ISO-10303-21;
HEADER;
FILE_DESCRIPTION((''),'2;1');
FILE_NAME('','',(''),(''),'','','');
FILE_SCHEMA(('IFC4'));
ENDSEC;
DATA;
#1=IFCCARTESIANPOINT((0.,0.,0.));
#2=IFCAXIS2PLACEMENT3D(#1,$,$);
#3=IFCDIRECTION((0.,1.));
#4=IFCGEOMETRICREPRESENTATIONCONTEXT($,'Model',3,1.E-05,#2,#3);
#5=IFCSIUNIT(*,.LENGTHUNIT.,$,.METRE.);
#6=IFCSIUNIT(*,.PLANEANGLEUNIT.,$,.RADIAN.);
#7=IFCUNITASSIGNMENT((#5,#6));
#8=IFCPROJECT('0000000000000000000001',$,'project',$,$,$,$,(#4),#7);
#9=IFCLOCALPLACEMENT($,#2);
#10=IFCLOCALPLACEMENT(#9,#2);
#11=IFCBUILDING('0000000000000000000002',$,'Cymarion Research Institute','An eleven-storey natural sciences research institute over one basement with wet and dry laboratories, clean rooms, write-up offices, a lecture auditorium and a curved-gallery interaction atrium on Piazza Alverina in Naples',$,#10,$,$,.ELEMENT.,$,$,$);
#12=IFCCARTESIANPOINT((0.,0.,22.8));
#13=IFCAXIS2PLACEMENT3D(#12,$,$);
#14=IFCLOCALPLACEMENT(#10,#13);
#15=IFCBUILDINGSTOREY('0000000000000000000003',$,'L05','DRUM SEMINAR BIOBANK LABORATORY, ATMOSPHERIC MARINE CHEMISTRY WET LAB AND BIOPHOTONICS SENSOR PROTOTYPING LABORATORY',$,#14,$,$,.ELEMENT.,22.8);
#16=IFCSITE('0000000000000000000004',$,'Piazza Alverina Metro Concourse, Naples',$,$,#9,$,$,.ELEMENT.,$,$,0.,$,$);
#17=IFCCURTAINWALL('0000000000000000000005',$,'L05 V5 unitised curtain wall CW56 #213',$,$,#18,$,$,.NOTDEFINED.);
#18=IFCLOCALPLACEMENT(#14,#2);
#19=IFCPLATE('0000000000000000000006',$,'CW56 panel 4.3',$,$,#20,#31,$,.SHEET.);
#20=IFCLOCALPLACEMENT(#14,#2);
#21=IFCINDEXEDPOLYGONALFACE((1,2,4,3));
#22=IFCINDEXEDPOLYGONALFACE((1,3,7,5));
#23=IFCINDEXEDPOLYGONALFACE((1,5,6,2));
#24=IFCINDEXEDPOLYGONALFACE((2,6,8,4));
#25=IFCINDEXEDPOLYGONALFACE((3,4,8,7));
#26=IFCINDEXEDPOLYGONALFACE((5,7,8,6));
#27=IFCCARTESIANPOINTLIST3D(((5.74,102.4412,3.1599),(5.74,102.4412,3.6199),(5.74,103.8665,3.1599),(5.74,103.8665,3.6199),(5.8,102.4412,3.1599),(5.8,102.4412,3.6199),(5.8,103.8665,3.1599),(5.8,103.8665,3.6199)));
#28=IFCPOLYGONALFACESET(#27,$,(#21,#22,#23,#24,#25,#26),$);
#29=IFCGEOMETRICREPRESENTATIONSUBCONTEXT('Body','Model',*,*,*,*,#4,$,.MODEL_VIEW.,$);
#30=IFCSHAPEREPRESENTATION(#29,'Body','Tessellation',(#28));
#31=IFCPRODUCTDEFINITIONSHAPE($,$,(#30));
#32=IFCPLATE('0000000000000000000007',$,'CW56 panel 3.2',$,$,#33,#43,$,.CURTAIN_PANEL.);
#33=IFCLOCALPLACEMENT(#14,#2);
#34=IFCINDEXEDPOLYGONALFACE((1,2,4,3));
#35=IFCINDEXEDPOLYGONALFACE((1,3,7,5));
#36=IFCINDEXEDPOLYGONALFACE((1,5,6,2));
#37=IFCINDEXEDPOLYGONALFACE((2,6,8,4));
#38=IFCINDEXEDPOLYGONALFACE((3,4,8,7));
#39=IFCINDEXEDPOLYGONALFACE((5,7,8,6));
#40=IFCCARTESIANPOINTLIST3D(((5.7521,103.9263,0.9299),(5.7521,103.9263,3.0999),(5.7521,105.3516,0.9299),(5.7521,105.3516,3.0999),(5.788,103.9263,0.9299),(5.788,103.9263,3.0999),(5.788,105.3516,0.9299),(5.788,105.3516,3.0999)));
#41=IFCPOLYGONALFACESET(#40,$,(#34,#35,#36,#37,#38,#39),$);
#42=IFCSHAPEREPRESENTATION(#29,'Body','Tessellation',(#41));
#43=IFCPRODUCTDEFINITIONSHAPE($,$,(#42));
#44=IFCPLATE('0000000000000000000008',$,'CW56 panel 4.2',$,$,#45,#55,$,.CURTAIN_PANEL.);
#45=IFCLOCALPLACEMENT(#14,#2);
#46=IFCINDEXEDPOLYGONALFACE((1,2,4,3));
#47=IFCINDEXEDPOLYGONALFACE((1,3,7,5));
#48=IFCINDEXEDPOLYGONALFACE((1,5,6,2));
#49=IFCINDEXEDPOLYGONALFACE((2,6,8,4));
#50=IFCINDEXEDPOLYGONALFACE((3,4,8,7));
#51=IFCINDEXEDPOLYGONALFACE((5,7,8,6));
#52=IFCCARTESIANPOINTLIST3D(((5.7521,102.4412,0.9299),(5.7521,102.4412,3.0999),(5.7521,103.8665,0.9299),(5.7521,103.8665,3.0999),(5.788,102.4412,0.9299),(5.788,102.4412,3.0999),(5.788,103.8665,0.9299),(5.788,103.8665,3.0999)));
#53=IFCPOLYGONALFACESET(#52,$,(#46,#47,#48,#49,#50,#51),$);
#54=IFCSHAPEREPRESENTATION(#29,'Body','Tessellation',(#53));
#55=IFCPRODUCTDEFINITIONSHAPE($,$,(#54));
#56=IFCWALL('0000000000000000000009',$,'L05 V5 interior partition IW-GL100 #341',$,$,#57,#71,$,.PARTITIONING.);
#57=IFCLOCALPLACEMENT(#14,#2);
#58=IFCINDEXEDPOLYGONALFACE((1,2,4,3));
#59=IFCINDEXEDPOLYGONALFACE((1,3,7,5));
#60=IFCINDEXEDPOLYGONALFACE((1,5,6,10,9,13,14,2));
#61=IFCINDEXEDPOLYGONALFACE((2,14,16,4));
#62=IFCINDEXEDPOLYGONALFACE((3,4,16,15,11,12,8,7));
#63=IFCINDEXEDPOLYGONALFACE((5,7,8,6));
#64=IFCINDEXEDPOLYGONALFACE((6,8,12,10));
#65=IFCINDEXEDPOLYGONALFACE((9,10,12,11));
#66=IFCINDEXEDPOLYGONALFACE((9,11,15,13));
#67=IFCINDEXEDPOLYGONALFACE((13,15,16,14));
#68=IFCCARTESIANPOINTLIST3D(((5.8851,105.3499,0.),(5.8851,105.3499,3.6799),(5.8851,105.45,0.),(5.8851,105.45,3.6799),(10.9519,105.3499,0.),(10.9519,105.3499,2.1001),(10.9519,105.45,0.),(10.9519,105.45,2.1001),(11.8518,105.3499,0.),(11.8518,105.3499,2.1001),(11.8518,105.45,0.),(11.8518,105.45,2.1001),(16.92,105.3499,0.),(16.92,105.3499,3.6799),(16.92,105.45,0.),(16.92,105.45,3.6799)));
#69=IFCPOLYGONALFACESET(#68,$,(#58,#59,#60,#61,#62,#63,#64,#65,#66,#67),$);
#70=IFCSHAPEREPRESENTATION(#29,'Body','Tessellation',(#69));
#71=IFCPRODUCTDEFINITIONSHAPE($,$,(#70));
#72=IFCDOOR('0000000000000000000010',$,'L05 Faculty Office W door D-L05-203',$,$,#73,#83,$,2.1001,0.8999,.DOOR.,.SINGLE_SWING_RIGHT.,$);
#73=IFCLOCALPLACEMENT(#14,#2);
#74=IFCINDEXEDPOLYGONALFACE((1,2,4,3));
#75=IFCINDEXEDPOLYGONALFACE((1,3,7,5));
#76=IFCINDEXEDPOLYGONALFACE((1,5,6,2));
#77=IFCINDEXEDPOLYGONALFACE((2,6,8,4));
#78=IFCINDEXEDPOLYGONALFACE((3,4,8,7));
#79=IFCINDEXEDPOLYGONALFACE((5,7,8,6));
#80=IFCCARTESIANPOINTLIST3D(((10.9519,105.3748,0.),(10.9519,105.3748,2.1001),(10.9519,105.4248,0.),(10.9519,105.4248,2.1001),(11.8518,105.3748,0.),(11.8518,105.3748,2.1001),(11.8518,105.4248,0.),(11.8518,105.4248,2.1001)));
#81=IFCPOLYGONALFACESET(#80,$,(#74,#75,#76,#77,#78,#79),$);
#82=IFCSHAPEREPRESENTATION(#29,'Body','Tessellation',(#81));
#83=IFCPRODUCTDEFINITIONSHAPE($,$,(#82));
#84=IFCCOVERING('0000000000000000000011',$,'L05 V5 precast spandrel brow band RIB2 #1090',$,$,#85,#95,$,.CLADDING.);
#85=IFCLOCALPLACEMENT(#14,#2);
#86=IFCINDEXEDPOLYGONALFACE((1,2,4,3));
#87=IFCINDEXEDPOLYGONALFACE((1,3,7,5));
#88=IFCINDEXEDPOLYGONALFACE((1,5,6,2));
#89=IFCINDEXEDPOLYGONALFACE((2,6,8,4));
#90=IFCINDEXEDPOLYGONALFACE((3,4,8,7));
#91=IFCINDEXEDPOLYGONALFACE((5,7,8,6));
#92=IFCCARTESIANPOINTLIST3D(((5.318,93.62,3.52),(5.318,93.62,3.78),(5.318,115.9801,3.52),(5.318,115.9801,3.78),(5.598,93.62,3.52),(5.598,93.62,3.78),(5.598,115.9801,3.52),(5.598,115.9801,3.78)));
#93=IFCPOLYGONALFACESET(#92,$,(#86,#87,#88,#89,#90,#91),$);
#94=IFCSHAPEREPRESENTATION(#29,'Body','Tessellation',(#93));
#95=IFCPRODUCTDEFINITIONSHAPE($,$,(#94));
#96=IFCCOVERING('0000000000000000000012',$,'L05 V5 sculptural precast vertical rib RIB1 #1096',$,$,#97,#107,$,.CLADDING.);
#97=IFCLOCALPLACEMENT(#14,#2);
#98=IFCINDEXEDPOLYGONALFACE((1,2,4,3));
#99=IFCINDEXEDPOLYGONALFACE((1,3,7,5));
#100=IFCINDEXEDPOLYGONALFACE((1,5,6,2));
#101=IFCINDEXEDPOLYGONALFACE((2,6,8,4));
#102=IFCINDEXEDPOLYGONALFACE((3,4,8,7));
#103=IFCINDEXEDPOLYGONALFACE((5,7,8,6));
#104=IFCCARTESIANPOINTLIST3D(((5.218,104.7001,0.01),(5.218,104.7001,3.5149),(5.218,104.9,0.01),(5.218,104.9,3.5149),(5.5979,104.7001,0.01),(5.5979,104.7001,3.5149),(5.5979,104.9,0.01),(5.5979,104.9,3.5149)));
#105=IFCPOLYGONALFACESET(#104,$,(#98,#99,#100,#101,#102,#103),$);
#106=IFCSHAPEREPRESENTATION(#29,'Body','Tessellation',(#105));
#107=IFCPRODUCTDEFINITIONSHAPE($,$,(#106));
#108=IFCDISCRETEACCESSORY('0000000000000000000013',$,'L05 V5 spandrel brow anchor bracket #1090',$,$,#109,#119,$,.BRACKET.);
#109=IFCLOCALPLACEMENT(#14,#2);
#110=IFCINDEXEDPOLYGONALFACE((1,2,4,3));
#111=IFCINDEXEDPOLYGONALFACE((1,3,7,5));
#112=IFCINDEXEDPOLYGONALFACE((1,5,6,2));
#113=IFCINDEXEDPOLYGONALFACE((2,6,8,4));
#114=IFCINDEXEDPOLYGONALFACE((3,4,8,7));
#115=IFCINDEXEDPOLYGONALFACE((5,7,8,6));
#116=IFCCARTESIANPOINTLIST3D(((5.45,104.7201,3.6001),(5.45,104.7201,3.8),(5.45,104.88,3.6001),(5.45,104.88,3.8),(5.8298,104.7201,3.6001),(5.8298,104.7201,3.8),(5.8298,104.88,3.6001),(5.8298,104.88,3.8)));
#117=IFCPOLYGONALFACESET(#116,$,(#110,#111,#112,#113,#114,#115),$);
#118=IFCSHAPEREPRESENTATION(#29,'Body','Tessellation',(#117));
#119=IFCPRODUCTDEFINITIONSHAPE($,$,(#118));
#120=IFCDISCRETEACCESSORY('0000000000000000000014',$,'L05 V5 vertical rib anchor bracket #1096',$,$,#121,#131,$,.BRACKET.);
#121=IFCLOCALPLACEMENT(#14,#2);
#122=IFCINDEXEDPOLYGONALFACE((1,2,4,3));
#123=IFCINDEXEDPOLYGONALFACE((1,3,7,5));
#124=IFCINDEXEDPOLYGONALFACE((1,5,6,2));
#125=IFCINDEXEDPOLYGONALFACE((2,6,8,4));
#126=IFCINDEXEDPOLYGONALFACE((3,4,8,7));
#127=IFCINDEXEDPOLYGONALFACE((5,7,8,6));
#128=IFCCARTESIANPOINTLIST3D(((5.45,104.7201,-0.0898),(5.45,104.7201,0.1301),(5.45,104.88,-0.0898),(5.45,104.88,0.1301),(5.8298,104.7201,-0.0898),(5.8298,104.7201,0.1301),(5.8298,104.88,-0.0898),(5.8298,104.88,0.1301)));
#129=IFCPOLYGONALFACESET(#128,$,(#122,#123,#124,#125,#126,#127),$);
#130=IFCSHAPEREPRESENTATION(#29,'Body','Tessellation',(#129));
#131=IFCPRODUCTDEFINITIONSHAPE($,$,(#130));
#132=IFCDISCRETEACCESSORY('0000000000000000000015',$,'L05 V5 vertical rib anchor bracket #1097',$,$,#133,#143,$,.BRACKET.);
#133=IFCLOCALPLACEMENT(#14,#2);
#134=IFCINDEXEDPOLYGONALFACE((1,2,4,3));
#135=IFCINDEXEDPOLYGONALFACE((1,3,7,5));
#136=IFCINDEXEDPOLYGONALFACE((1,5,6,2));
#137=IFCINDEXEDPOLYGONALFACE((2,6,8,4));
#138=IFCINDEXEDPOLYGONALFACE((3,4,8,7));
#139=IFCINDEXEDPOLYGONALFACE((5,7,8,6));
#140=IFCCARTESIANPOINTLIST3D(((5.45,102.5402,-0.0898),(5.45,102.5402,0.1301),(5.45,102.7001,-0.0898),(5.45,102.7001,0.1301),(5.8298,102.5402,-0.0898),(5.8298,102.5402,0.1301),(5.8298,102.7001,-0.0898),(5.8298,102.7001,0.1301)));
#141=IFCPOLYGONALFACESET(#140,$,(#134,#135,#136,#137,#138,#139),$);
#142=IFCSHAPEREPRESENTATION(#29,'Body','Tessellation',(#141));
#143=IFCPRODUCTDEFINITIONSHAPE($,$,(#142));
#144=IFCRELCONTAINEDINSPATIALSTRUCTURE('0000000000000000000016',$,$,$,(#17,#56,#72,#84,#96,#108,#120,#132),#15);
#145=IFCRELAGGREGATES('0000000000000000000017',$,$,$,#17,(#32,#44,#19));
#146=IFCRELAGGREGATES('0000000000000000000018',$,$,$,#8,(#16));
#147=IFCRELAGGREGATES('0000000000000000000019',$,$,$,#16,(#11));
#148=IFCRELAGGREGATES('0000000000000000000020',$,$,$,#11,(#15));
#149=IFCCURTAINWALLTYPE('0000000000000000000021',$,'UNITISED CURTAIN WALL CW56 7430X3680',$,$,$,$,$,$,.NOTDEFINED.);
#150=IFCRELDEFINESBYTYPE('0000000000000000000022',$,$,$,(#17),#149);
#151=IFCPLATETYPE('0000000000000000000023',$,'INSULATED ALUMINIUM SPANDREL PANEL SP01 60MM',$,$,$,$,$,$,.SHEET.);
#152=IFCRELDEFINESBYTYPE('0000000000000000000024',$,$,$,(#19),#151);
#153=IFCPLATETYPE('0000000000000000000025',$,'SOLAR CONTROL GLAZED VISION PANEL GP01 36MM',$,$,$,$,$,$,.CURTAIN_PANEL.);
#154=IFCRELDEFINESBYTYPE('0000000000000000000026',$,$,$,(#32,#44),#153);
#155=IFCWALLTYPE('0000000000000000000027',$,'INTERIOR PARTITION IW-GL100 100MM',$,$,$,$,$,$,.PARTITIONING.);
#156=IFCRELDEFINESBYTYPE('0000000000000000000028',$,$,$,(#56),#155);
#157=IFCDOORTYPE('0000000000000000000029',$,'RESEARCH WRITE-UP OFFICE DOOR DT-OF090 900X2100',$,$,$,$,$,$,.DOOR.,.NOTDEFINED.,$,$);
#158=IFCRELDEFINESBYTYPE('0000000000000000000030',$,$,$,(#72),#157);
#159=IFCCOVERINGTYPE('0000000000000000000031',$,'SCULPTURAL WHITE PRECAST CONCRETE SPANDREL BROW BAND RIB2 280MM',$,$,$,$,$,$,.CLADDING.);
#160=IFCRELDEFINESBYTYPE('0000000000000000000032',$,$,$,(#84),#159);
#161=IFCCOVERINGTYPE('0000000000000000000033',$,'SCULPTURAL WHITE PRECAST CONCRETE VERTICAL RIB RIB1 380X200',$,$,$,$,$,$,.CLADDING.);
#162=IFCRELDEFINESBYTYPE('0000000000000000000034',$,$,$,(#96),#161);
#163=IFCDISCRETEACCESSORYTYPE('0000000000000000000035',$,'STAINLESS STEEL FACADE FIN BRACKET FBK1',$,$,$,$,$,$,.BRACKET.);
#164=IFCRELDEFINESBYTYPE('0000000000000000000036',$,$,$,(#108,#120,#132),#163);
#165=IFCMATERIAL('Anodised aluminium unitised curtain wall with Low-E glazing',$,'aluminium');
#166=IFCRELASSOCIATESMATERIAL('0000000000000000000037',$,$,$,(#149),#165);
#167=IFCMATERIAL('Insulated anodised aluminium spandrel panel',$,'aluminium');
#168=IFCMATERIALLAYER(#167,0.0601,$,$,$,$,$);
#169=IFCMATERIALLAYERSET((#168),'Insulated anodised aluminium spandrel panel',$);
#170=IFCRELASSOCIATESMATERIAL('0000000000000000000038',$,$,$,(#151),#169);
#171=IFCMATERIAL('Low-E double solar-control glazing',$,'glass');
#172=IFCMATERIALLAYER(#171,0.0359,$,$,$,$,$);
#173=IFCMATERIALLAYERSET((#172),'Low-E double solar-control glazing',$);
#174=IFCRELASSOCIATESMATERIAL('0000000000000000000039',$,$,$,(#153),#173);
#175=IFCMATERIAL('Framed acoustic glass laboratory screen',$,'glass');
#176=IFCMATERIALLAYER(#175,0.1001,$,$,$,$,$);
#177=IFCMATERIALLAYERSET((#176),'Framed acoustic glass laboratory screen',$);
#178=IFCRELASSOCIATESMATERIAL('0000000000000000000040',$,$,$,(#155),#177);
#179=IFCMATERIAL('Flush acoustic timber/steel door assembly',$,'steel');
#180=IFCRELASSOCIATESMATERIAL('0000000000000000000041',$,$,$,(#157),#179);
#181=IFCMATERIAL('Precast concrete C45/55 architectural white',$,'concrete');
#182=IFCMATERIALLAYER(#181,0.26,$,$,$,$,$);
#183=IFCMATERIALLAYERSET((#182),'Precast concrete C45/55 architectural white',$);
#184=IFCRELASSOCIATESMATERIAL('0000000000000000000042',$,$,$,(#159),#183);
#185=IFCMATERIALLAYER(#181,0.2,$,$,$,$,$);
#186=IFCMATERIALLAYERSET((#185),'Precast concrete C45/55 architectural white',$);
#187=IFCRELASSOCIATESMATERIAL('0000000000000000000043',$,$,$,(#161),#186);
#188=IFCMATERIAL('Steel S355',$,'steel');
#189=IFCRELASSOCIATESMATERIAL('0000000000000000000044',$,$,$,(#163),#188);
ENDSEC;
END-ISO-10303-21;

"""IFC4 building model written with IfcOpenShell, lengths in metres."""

from ifc_helpers import new_model, si_unit, direction, frame, frame_2d, origin, origin_2d, place, context, subcontext, project, spatial, rectangle, extrude, material, layer, layer_set, type_object, element, fill, aggregate, save


model = new_model("IFC4")

# Units and contexts
model_context = context("Model", 3, precision=1e-05, world=origin(), true_north=direction((0.0, 1.0)))
body_context = subcontext(model_context, "Body", "Model", "MODEL_VIEW")
ifc_project = project(units=[si_unit("LENGTHUNIT", "METRE"), si_unit("PLANEANGLEUNIT", "RADIAN")], contexts=[model_context])

# Site, building, storey
site_placement = place(None, origin())
site = spatial("IfcSite", under=ifc_project, at=site_placement, Name="Piazza Alverina Metro Concourse, Naples", CompositionType="ELEMENT", RefElevation=0.0)
building_placement = place(site_placement, origin())
building = spatial("IfcBuilding", under=site, at=building_placement, Name="Cymarion Research Institute", Description="An eleven-storey natural sciences research institute over one basement with wet and dry laboratories, clean rooms, write-up offices, a lecture auditorium and a curved-gallery interaction atrium on Piazza Alverina in Naples", CompositionType="ELEMENT")
storey_placement = place(building_placement, frame((0.0, 0.0, 22.8)))
storey = spatial("IfcBuildingStorey", under=building, at=storey_placement, Name="L05", Description="DRUM SEMINAR BIOBANK LABORATORY, ATMOSPHERIC MARINE CHEMISTRY WET LAB AND BIOPHOTONICS SENSOR PROTOTYPING LABORATORY", CompositionType="ELEMENT", Elevation=22.8)

# Curtain wall, plates
ifc_material_1 = material(Name="Anodised aluminium unitised curtain wall with Low-E glazing", Category="aluminium")
curtain_wall_type = type_object("IfcCurtainWallType", Name="UNITISED CURTAIN WALL CW56 7430X3680", PredefinedType="NOTDEFINED", material=ifc_material_1)
curtain_wall_placement = place(storey_placement, origin())
curtain_wall = element("IfcCurtainWall", 1, at=curtain_wall_placement, inside=storey, type_object=curtain_wall_type, Name="L05 V5 unitised curtain wall CW56 #213", PredefinedType="NOTDEFINED")
ifc_material_2 = material(Name="Insulated anodised aluminium spandrel panel", Category="aluminium")
ifc_layer_1 = layer(ifc_material_2, 0.0601)
ifc_layer_set_1 = layer_set([ifc_layer_1], Name="Insulated anodised aluminium spandrel panel")
plate_type_1 = type_object("IfcPlateType", Name="INSULATED ALUMINIUM SPANDREL PANEL SP01 60MM", PredefinedType="SHEET", material=ifc_layer_set_1)
plate_1_placement = place(storey_placement, frame((5.77, 103.1538, 3.1599), z_axis=(0.0, 0.0, 1.0), x_axis=(0.0, -1.0, 0.0)))
plate_1 = element("IfcPlate", 2, at=plate_1_placement, type_object=plate_type_1, Name="CW56 panel 4.3", PredefinedType="SHEET", context=body_context, shape_type="SweptSolid", body=[
    extrude(rectangle(XDim=1.4253, YDim=0.0601, at=origin_2d()), origin(), (0.0, 0.0, 1.0), 0.46),
])
ifc_material_3 = material(Name="Low-E double solar-control glazing", Category="glass")
ifc_layer_2 = layer(ifc_material_3, 0.0359)
ifc_layer_set_2 = layer_set([ifc_layer_2], Name="Low-E double solar-control glazing")
plate_type_2 = type_object("IfcPlateType", Name="SOLAR CONTROL GLAZED VISION PANEL GP01 36MM", PredefinedType="CURTAIN_PANEL", material=ifc_layer_set_2)
plate_2_placement = place(storey_placement, frame((5.77, 104.6389, 0.9299), z_axis=(0.0, 0.0, 1.0), x_axis=(0.0, -1.0, 0.0)))
plate_2 = element("IfcPlate", 3, at=plate_2_placement, type_object=plate_type_2, Name="CW56 panel 3.2", PredefinedType="CURTAIN_PANEL", context=body_context, shape_type="SweptSolid", body=[
    extrude(rectangle(XDim=1.4253, YDim=0.0359, at=origin_2d()), origin(), (0.0, 0.0, 1.0), 2.1699),
])
plate_3_placement = place(storey_placement, frame((5.77, 103.1538, 0.9299), z_axis=(0.0, 0.0, 1.0), x_axis=(0.0, -1.0, 0.0)))
plate_3 = element("IfcPlate", 4, at=plate_3_placement, type_object=plate_type_2, Name="CW56 panel 4.2", PredefinedType="CURTAIN_PANEL", context=body_context, shape_type="SweptSolid", body=[
    extrude(rectangle(XDim=1.4253, YDim=0.0359, at=origin_2d()), origin(), (0.0, 0.0, 1.0), 2.1699),
])
aggregate(curtain_wall, [plate_2, plate_3, plate_1])

# Wall, opening, door
ifc_material_4 = material(Name="Framed acoustic glass laboratory screen", Category="glass")
ifc_layer_3 = layer(ifc_material_4, 0.1001)
ifc_layer_set_3 = layer_set([ifc_layer_3], Name="Framed acoustic glass laboratory screen")
wall_type = type_object("IfcWallType", Name="INTERIOR PARTITION IW-GL100 100MM", PredefinedType="PARTITIONING", material=ifc_layer_set_3)
wall_placement = place(storey_placement, frame((5.885, 105.3999, 0.0), z_axis=(0.0, 0.0, 1.0), x_axis=(1.0, 0.0, 0.0)))
wall = element("IfcWall", 5, at=wall_placement, inside=storey, type_object=wall_type, Name="L05 V5 interior partition IW-GL100 #341", PredefinedType="PARTITIONING", context=body_context, shape_type="SweptSolid", body=[
    extrude(rectangle(XDim=11.0349, YDim=0.1001, at=frame_2d((5.5176, 0.0))), origin(), (0.0, 0.0, 1.0), 3.6799),
])
opening_placement = place(wall_placement, frame((5.0669, 0.0, 0.0)))
opening = element("IfcOpeningElement", 6, at=opening_placement, cuts=wall, PredefinedType="OPENING", context=body_context, shape_type="SweptSolid", body=[
    extrude(rectangle(XDim=0.8999, YDim=2.1001, at=frame_2d((0.45, 1.05))), frame((0.0, 0.0601, 0.0), z_axis=(0.0, -1.0, 0.0), x_axis=(1.0, 0.0, 0.0)), (0.0, 0.0, 1.0), 0.1201),
])
ifc_material_5 = material(Name="Flush acoustic timber/steel door assembly", Category="steel")
door_type = type_object("IfcDoorType", Name="RESEARCH WRITE-UP OFFICE DOOR DT-OF090 900X2100", OperationType="NOTDEFINED", PredefinedType="DOOR", material=ifc_material_5)
door_placement = place(opening_placement, origin())
door = element("IfcDoor", 7, at=door_placement, inside=storey, type_object=door_type, Name="L05 Faculty Office W door D-L05-203", OperationType="SINGLE_SWING_RIGHT", OverallHeight=2.1001, OverallWidth=0.8999, PredefinedType="DOOR", context=body_context, shape_type="SweptSolid", body=[
    extrude(rectangle(XDim=0.8999, YDim=2.1001, at=frame_2d((0.45, 1.05))), frame((0.0, 0.0249, 0.0), z_axis=(0.0, -1.0, 0.0), x_axis=(1.0, 0.0, 0.0)), (0.0, 0.0, 1.0), 0.05),
])
fill(opening, door)

# Coverings
ifc_material_6 = material(Name="Precast concrete C45/55 architectural white", Category="concrete")
ifc_layer_4 = layer(ifc_material_6, 0.26)
ifc_layer_set_4 = layer_set([ifc_layer_4], Name="Precast concrete C45/55 architectural white")
covering_type_1 = type_object("IfcCoveringType", Name="SCULPTURAL WHITE PRECAST CONCRETE SPANDREL BROW BAND RIB2 280MM", PredefinedType="CLADDING", material=ifc_layer_set_4)
covering_1_placement = place(storey_placement, frame((5.458, 104.8, 3.52), z_axis=(0.0, 0.0, 1.0), x_axis=(-1.0, 0.0, 0.0)))
element("IfcCovering", 8, at=covering_1_placement, inside=storey, type_object=covering_type_1, Name="L05 V5 precast spandrel brow band RIB2 #1090", PredefinedType="CLADDING", context=body_context, shape_type="SweptSolid", body=[
    extrude(rectangle(XDim=0.28, YDim=22.3601, at=origin_2d()), origin(), (0.0, 0.0, 1.0), 0.26),
])
ifc_layer_5 = layer(ifc_material_6, 0.2)
ifc_layer_set_5 = layer_set([ifc_layer_5], Name="Precast concrete C45/55 architectural white")
covering_type_2 = type_object("IfcCoveringType", Name="SCULPTURAL WHITE PRECAST CONCRETE VERTICAL RIB RIB1 380X200", PredefinedType="CLADDING", material=ifc_layer_set_5)
covering_2_placement = place(storey_placement, frame((5.408, 104.8, 0.01), z_axis=(0.0, 0.0, 1.0), x_axis=(-1.0, 0.0, 0.0)))
element("IfcCovering", 9, at=covering_2_placement, inside=storey, type_object=covering_type_2, Name="L05 V5 sculptural precast vertical rib RIB1 #1096", PredefinedType="CLADDING", context=body_context, shape_type="SweptSolid", body=[
    extrude(rectangle(XDim=0.3799, YDim=0.2, at=origin_2d()), origin(), (0.0, 0.0, 1.0), 3.5049),
])

# Discrete accessories
ifc_material_7 = material(Name="Steel S355", Category="steel")
discrete_accessory_type = type_object("IfcDiscreteAccessoryType", Name="STAINLESS STEEL FACADE FIN BRACKET FBK1", PredefinedType="BRACKET", material=ifc_material_7)
discrete_accessory_placement = place(storey_placement, frame((5.6399, 104.8, 3.6001), z_axis=(0.0, 0.0, 1.0), x_axis=(-1.0, 0.0, 0.0)))
element("IfcDiscreteAccessory", 10, at=discrete_accessory_placement, inside=storey, type_object=discrete_accessory_type, Name="L05 V5 spandrel brow anchor bracket #1090", PredefinedType="BRACKET", context=body_context, shape_type="SweptSolid", body=[
    extrude(rectangle(XDim=0.3799, YDim=0.1599, at=origin_2d()), origin(), (0.0, 0.0, 1.0), 0.2),
])
for number, where, z_axis, x_axis, name in (
    (11, (5.6399, 104.8, -0.0898), (0.0, 0.0, 1.0), (-1.0, 0.0, 0.0), "L05 V5 vertical rib anchor bracket #1096"),
    (12, (5.6399, 102.6201, -0.0898), (0.0, 0.0, 1.0), (-1.0, 0.0, 0.0), "L05 V5 vertical rib anchor bracket #1097"),
):
    element("IfcDiscreteAccessory", number, at=place(storey_placement, frame(where, z_axis=z_axis, x_axis=x_axis)), inside=storey, type_object=discrete_accessory_type, Name=name, PredefinedType="BRACKET", context=body_context, shape_type="SweptSolid", body=[
        extrude(rectangle(XDim=0.3799, YDim=0.1599, at=origin_2d()), origin(), (0.0, 0.0, 1.0), 0.22),
    ])

save(model, "model.ifc")
